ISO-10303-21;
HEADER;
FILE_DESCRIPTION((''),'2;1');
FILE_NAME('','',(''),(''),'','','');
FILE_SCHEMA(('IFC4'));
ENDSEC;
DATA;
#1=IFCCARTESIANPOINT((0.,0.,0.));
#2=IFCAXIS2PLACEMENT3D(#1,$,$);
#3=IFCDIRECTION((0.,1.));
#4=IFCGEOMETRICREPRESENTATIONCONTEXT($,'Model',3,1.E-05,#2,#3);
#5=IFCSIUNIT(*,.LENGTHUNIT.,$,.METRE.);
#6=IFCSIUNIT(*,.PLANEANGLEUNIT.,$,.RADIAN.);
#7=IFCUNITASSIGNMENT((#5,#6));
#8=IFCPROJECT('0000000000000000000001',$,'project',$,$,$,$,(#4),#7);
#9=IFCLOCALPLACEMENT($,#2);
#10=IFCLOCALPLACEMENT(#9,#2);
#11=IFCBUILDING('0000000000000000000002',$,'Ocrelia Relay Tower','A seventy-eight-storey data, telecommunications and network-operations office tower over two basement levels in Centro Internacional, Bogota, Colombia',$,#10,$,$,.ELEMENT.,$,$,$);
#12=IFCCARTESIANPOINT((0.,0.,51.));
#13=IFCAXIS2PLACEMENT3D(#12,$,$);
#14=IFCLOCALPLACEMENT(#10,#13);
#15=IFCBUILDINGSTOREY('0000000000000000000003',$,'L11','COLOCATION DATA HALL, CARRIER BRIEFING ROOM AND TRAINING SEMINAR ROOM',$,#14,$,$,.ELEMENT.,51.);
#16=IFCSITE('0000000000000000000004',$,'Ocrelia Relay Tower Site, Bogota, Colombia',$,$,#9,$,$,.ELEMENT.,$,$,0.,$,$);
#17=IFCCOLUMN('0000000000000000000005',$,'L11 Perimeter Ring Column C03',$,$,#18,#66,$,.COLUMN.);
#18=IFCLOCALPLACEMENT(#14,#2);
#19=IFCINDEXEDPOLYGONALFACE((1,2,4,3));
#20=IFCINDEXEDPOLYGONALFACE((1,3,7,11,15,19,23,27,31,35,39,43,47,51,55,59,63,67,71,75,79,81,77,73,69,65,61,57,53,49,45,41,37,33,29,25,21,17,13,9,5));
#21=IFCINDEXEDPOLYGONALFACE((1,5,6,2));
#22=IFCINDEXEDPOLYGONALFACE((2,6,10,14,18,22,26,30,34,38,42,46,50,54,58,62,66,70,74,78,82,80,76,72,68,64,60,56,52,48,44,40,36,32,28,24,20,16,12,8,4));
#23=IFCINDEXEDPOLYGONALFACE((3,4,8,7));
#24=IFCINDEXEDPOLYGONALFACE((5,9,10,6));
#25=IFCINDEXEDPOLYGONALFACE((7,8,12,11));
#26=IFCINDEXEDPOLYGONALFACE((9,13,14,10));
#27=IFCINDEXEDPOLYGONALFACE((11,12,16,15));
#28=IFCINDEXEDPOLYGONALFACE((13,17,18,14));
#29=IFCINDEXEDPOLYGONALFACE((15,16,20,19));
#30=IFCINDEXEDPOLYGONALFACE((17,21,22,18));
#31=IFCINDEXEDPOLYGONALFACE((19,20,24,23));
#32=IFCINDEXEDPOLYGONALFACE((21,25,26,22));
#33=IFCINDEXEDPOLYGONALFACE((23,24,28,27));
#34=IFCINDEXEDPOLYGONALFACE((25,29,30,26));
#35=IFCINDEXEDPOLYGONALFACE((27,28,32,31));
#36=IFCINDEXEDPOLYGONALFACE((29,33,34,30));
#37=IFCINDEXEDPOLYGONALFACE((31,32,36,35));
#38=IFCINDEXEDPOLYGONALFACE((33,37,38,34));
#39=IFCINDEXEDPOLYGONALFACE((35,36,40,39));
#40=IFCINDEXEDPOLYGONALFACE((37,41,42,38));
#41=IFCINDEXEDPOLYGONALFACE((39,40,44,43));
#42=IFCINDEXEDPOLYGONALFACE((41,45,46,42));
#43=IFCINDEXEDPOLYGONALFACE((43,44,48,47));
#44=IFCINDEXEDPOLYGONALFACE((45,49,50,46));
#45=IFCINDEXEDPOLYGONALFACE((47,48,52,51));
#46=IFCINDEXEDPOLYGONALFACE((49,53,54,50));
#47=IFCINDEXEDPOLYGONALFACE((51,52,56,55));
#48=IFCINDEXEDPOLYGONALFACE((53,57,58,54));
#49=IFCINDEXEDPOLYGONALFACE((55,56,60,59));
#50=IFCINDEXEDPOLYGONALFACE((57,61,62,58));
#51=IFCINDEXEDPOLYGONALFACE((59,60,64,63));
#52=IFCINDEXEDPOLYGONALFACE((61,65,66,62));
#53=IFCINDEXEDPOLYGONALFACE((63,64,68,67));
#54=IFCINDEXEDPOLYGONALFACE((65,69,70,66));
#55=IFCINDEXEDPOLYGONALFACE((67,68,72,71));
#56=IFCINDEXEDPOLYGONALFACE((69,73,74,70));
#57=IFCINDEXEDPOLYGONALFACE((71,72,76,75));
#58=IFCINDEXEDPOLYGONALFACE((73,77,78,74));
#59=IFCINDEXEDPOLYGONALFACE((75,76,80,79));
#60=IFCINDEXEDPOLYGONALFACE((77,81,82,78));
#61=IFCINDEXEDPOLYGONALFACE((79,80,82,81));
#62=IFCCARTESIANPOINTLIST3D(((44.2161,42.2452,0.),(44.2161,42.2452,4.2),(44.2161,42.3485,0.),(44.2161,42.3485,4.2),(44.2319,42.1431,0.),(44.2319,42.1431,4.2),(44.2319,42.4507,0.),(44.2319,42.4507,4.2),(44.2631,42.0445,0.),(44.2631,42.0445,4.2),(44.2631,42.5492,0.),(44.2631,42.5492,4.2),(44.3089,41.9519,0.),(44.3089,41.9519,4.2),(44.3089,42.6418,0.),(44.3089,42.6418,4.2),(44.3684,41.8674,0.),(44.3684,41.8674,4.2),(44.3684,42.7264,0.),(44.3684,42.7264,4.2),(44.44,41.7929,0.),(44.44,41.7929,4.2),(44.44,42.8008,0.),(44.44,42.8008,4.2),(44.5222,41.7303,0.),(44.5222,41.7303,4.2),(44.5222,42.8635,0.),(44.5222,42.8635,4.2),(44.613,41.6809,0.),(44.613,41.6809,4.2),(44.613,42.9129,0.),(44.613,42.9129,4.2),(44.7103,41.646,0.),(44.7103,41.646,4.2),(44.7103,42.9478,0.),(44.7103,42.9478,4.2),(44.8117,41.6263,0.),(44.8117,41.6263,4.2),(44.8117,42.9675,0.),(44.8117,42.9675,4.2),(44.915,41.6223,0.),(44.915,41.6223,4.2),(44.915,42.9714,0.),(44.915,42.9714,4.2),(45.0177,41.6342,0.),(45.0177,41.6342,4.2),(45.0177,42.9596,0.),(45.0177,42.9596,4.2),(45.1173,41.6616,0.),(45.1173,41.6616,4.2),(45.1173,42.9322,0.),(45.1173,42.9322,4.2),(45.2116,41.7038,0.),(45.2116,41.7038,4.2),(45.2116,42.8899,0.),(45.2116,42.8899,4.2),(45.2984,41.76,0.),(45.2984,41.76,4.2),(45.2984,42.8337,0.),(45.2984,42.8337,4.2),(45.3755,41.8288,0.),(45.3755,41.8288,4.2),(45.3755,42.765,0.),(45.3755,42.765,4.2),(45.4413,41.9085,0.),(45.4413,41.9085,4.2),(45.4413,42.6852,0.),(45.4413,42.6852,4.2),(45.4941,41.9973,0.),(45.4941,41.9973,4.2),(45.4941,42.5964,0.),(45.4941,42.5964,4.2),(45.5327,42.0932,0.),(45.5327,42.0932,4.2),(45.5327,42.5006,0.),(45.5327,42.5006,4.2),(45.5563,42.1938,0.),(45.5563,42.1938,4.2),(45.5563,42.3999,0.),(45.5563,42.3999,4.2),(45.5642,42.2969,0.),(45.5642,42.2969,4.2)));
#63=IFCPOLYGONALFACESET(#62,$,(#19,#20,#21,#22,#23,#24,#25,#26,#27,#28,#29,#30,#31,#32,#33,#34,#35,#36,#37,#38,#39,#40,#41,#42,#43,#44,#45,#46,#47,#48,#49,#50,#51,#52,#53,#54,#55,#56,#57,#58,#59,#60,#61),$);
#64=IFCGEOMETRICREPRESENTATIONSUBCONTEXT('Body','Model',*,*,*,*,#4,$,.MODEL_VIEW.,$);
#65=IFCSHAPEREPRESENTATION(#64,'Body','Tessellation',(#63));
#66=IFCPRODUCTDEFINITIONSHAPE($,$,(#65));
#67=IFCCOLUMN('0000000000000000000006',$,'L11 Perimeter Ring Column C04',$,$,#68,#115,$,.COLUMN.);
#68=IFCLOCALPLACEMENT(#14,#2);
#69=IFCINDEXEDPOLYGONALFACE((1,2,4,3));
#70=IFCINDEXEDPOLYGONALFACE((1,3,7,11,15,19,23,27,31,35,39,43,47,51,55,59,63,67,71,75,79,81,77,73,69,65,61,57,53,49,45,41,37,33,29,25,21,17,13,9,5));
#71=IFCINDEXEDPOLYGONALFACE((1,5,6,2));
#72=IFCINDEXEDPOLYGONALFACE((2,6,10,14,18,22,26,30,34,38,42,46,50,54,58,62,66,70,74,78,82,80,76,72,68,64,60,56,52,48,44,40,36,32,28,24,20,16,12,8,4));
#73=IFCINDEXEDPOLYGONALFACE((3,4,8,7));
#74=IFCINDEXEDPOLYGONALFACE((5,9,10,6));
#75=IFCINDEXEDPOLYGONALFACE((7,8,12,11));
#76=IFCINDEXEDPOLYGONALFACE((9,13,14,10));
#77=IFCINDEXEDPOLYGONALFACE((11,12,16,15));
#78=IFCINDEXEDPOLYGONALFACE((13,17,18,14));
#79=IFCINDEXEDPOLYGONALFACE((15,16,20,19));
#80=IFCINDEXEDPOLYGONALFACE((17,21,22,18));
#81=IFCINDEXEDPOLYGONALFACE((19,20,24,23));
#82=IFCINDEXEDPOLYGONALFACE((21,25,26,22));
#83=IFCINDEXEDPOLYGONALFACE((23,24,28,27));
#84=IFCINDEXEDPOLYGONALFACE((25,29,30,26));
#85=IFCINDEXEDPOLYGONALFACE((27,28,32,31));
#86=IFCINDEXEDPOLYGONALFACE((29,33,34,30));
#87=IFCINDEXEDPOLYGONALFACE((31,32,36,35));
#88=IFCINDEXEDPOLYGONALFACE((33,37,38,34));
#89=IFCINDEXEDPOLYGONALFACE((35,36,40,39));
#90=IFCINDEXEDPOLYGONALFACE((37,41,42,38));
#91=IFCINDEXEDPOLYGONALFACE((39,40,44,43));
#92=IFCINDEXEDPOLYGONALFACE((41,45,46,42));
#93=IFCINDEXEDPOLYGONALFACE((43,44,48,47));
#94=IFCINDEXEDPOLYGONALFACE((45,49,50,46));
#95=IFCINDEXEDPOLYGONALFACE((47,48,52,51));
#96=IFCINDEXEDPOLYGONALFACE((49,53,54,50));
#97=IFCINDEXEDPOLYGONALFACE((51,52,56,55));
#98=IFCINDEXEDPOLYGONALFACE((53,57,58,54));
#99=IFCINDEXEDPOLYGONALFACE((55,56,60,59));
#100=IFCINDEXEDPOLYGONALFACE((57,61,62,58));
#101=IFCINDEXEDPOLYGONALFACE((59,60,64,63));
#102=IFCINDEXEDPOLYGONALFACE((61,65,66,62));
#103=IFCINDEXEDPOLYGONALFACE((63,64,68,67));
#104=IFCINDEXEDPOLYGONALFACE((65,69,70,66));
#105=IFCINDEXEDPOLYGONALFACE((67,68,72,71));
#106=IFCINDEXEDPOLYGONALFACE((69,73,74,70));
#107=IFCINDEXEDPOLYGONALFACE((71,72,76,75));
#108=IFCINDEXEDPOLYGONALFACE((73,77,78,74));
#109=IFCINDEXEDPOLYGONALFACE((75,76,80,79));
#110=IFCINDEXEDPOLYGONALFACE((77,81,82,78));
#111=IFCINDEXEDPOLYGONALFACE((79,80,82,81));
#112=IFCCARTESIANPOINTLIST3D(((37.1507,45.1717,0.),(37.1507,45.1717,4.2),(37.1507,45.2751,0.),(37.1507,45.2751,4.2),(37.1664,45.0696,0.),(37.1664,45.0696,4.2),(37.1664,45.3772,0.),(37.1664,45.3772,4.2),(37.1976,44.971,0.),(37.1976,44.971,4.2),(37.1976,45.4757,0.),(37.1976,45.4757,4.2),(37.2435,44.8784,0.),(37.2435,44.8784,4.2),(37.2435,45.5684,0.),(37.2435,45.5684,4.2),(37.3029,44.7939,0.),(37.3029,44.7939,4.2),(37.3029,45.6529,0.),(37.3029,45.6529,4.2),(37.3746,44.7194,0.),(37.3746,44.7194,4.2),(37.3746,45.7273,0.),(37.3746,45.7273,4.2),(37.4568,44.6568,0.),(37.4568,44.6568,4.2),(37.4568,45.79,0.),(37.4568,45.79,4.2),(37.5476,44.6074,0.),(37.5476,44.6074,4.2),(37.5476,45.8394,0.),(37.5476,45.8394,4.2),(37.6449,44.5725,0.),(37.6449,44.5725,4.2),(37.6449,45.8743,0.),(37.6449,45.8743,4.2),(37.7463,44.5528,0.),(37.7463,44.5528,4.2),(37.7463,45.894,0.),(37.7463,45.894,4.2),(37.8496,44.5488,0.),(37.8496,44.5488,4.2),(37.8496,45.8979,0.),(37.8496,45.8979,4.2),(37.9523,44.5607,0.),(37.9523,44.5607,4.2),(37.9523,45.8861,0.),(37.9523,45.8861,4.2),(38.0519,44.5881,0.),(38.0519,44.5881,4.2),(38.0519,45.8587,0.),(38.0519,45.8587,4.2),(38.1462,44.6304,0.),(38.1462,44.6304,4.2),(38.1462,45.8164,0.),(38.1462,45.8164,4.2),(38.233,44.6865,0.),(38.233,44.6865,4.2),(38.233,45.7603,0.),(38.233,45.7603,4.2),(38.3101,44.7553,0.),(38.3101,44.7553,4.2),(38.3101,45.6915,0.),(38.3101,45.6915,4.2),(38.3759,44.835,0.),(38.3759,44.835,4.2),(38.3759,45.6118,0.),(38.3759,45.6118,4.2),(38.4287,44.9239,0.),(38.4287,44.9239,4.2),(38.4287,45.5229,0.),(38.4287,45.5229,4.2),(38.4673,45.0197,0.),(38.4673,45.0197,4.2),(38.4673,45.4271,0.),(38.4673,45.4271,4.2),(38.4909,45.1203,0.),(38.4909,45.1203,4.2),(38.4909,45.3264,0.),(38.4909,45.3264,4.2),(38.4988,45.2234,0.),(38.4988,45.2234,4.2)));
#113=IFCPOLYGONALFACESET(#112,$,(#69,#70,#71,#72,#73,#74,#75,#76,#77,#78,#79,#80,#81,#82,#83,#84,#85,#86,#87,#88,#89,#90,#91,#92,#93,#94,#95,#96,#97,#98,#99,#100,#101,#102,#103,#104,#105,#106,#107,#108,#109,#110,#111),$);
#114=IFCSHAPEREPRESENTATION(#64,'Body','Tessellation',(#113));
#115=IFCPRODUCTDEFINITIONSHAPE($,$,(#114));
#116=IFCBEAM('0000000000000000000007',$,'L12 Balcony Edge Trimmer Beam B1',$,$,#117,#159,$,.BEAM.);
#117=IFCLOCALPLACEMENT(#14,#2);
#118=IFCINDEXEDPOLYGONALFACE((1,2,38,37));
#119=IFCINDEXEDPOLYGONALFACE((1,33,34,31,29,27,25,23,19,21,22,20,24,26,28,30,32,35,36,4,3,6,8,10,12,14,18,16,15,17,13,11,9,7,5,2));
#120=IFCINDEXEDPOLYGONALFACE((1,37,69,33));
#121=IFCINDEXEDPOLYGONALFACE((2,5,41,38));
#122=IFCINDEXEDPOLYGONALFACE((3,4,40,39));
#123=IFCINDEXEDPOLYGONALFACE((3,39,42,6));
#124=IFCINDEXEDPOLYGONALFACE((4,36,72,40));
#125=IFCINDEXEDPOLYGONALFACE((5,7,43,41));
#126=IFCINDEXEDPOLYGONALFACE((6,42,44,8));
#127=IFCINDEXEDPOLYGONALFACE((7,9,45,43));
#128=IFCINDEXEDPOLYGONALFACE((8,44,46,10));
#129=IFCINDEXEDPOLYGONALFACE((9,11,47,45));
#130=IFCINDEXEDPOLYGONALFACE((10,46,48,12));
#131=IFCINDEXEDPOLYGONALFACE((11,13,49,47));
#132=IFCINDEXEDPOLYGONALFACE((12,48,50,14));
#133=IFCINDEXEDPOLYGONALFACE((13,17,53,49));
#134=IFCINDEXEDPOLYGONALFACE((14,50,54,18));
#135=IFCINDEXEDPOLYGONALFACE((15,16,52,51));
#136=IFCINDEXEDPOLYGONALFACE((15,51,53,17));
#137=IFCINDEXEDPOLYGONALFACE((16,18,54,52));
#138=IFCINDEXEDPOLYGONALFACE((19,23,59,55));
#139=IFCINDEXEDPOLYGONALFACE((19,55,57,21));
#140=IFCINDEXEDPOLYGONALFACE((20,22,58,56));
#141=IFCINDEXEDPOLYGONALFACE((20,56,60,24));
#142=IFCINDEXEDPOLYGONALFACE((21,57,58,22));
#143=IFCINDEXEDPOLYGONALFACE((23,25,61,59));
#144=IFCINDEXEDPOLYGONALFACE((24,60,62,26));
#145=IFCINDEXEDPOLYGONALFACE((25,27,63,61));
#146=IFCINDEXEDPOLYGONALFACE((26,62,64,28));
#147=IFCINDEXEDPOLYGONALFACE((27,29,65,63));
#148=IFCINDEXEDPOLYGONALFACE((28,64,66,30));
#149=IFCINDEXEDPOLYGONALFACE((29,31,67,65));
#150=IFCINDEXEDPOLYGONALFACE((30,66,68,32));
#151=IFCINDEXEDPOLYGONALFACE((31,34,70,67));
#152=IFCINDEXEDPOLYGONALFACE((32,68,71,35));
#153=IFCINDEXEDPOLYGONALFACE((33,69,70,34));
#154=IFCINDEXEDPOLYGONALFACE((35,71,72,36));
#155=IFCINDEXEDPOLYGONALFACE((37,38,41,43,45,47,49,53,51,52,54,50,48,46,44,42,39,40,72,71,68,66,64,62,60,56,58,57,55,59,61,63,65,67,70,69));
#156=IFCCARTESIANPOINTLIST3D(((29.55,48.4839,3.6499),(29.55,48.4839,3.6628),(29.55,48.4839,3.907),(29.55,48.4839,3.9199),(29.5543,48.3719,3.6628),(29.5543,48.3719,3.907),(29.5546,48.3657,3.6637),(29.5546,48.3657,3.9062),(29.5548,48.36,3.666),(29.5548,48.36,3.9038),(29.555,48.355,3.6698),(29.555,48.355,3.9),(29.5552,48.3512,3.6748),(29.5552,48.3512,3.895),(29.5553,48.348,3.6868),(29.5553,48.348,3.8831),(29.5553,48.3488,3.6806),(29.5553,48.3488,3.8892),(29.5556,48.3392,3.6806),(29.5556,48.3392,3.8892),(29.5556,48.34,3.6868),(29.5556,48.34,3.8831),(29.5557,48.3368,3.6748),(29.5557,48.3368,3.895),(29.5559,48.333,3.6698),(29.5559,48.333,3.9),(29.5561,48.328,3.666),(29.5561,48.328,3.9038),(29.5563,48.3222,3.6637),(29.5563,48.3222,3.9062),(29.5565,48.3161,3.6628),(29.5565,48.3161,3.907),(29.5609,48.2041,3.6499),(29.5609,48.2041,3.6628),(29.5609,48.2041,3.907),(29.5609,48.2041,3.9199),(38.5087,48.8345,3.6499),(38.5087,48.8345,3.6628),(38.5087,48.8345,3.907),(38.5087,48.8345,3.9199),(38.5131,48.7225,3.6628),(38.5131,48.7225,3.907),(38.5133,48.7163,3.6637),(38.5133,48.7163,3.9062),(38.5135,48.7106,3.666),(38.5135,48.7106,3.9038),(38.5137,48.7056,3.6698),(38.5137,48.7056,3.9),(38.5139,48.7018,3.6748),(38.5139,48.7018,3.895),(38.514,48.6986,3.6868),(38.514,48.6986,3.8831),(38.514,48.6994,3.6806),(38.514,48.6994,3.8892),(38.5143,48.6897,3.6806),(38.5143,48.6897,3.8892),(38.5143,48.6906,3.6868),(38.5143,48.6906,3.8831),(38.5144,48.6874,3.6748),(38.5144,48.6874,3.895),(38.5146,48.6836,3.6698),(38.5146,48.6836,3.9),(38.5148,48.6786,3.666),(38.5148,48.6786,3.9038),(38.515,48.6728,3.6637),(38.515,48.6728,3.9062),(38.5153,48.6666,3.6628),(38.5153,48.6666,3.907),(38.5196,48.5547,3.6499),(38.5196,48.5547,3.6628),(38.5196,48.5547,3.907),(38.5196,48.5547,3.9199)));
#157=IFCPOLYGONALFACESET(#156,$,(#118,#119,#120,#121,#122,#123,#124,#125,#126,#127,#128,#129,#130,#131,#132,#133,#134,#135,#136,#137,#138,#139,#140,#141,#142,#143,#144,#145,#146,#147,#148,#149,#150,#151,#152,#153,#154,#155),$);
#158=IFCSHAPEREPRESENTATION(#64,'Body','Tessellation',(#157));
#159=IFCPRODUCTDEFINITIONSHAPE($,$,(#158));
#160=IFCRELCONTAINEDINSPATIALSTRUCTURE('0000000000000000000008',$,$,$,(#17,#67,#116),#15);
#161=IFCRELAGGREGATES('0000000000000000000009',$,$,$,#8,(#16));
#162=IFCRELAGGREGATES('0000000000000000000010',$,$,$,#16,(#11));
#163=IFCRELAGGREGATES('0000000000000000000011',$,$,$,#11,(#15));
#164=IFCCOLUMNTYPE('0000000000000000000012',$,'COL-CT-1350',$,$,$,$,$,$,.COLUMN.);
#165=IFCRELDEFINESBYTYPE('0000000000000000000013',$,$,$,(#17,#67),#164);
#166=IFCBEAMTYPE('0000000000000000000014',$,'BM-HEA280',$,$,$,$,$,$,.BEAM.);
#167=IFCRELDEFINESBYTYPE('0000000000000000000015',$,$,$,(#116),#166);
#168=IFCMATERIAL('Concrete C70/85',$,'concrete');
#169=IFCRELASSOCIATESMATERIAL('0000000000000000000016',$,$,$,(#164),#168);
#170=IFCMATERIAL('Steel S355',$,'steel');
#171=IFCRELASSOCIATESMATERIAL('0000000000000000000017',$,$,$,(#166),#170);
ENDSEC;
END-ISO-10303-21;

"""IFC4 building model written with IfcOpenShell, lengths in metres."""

from ifc_helpers import new_model, si_unit, direction, frame, origin, origin_2d, place, context, subcontext, project, spatial, circle, i_section, extrude, material, material_profile, profile_set, type_object, element, save


model = new_model("IFC4")

# Units and contexts
model_context = context("Model", 3, precision=1e-05, world=origin(), true_north=direction((0.0, 1.0)))
body_context = subcontext(model_context, "Body", "Model", "MODEL_VIEW")
ifc_project = project(units=[si_unit("LENGTHUNIT", "METRE"), si_unit("PLANEANGLEUNIT", "RADIAN")], contexts=[model_context])

# Site, building, storey
site_placement = place(None, origin())
site = spatial("IfcSite", under=ifc_project, at=site_placement, Name="Ocrelia Relay Tower Site, Bogota, Colombia", CompositionType="ELEMENT", RefElevation=0.0)
building_placement = place(site_placement, origin())
building = spatial("IfcBuilding", under=site, at=building_placement, Name="Ocrelia Relay Tower", Description="A seventy-eight-storey data, telecommunications and network-operations office tower over two basement levels in Centro Internacional, Bogota, Colombia", CompositionType="ELEMENT")
storey_placement = place(building_placement, frame((0.0, 0.0, 51.0)))
storey = spatial("IfcBuildingStorey", under=building, at=storey_placement, Name="L11", Description="COLOCATION DATA HALL, CARRIER BRIEFING ROOM AND TRAINING SEMINAR ROOM", CompositionType="ELEMENT", Elevation=51.0)

# Columns
ifc_material_1 = material(Name="Concrete C70/85", Category="concrete")
ifc_material_profile_1 = material_profile(ifc_material_1, circle(Radius=0.675, at=origin_2d()), Name="RC-CIR-1350")
ifc_profile_set_1 = profile_set([ifc_material_profile_1], Name="Concrete C70/85")
column_type = type_object("IfcColumnType", Name="COL-CT-1350", PredefinedType="COLUMN", material=ifc_profile_set_1)
for number, where, z_axis, x_axis, name in (
    (1, (44.8892, 42.2969, 0.0), (0.0, 0.0, 1.0), (1.0, 0.0, 0.0), "L11 Perimeter Ring Column C03"),
    (2, (37.8237, 45.2234, 0.0), (0.0, 0.0, 1.0), (1.0, 0.0, 0.0), "L11 Perimeter Ring Column C04"),
):
    element("IfcColumn", number, at=place(storey_placement, frame(where, z_axis=z_axis, x_axis=x_axis)), inside=storey, type_object=column_type, Name=name, PredefinedType="COLUMN", context=body_context, shape_type="SweptSolid", body=[
        extrude(circle(Radius=0.675, at=origin_2d()), origin(), (0.0, 0.0, 1.0), 4.2),
    ])

# Beam
ifc_material_2 = material(Name="Steel S355", Category="steel")
ifc_material_profile_2 = material_profile(ifc_material_2, i_section(OverallWidth=0.28, OverallDepth=0.27, WebThickness=0.0081, FlangeThickness=0.0129, FilletRadius=0.0239, at=origin_2d()), Name="HEA 280")
ifc_profile_set_2 = profile_set([ifc_material_profile_2], Name="Steel S355")
beam_type_1 = type_object("IfcBeamType", Name="BM-HEA280", PredefinedType="BEAM", material=ifc_profile_set_2)
beam_1_placement = place(storey_placement, frame((38.5142, 48.6946, 3.7849), z_axis=(-0.999235, -0.039103, 0.0), x_axis=(0.039103, -0.999235, 0.0)))
element("IfcBeam", 3, at=beam_1_placement, inside=storey, type_object=beam_type_1, Name="L12 Balcony Edge Trimmer Beam B1", PredefinedType="BEAM", context=body_context, shape_type="SweptSolid", body=[
    extrude(i_section(OverallWidth=0.28, OverallDepth=0.27, WebThickness=0.0081, FlangeThickness=0.0129, FilletRadius=0.0239, at=origin_2d()), origin(), (0.0, 0.0, 1.0), 8.9656),
])

save(model, "model.ifc")
